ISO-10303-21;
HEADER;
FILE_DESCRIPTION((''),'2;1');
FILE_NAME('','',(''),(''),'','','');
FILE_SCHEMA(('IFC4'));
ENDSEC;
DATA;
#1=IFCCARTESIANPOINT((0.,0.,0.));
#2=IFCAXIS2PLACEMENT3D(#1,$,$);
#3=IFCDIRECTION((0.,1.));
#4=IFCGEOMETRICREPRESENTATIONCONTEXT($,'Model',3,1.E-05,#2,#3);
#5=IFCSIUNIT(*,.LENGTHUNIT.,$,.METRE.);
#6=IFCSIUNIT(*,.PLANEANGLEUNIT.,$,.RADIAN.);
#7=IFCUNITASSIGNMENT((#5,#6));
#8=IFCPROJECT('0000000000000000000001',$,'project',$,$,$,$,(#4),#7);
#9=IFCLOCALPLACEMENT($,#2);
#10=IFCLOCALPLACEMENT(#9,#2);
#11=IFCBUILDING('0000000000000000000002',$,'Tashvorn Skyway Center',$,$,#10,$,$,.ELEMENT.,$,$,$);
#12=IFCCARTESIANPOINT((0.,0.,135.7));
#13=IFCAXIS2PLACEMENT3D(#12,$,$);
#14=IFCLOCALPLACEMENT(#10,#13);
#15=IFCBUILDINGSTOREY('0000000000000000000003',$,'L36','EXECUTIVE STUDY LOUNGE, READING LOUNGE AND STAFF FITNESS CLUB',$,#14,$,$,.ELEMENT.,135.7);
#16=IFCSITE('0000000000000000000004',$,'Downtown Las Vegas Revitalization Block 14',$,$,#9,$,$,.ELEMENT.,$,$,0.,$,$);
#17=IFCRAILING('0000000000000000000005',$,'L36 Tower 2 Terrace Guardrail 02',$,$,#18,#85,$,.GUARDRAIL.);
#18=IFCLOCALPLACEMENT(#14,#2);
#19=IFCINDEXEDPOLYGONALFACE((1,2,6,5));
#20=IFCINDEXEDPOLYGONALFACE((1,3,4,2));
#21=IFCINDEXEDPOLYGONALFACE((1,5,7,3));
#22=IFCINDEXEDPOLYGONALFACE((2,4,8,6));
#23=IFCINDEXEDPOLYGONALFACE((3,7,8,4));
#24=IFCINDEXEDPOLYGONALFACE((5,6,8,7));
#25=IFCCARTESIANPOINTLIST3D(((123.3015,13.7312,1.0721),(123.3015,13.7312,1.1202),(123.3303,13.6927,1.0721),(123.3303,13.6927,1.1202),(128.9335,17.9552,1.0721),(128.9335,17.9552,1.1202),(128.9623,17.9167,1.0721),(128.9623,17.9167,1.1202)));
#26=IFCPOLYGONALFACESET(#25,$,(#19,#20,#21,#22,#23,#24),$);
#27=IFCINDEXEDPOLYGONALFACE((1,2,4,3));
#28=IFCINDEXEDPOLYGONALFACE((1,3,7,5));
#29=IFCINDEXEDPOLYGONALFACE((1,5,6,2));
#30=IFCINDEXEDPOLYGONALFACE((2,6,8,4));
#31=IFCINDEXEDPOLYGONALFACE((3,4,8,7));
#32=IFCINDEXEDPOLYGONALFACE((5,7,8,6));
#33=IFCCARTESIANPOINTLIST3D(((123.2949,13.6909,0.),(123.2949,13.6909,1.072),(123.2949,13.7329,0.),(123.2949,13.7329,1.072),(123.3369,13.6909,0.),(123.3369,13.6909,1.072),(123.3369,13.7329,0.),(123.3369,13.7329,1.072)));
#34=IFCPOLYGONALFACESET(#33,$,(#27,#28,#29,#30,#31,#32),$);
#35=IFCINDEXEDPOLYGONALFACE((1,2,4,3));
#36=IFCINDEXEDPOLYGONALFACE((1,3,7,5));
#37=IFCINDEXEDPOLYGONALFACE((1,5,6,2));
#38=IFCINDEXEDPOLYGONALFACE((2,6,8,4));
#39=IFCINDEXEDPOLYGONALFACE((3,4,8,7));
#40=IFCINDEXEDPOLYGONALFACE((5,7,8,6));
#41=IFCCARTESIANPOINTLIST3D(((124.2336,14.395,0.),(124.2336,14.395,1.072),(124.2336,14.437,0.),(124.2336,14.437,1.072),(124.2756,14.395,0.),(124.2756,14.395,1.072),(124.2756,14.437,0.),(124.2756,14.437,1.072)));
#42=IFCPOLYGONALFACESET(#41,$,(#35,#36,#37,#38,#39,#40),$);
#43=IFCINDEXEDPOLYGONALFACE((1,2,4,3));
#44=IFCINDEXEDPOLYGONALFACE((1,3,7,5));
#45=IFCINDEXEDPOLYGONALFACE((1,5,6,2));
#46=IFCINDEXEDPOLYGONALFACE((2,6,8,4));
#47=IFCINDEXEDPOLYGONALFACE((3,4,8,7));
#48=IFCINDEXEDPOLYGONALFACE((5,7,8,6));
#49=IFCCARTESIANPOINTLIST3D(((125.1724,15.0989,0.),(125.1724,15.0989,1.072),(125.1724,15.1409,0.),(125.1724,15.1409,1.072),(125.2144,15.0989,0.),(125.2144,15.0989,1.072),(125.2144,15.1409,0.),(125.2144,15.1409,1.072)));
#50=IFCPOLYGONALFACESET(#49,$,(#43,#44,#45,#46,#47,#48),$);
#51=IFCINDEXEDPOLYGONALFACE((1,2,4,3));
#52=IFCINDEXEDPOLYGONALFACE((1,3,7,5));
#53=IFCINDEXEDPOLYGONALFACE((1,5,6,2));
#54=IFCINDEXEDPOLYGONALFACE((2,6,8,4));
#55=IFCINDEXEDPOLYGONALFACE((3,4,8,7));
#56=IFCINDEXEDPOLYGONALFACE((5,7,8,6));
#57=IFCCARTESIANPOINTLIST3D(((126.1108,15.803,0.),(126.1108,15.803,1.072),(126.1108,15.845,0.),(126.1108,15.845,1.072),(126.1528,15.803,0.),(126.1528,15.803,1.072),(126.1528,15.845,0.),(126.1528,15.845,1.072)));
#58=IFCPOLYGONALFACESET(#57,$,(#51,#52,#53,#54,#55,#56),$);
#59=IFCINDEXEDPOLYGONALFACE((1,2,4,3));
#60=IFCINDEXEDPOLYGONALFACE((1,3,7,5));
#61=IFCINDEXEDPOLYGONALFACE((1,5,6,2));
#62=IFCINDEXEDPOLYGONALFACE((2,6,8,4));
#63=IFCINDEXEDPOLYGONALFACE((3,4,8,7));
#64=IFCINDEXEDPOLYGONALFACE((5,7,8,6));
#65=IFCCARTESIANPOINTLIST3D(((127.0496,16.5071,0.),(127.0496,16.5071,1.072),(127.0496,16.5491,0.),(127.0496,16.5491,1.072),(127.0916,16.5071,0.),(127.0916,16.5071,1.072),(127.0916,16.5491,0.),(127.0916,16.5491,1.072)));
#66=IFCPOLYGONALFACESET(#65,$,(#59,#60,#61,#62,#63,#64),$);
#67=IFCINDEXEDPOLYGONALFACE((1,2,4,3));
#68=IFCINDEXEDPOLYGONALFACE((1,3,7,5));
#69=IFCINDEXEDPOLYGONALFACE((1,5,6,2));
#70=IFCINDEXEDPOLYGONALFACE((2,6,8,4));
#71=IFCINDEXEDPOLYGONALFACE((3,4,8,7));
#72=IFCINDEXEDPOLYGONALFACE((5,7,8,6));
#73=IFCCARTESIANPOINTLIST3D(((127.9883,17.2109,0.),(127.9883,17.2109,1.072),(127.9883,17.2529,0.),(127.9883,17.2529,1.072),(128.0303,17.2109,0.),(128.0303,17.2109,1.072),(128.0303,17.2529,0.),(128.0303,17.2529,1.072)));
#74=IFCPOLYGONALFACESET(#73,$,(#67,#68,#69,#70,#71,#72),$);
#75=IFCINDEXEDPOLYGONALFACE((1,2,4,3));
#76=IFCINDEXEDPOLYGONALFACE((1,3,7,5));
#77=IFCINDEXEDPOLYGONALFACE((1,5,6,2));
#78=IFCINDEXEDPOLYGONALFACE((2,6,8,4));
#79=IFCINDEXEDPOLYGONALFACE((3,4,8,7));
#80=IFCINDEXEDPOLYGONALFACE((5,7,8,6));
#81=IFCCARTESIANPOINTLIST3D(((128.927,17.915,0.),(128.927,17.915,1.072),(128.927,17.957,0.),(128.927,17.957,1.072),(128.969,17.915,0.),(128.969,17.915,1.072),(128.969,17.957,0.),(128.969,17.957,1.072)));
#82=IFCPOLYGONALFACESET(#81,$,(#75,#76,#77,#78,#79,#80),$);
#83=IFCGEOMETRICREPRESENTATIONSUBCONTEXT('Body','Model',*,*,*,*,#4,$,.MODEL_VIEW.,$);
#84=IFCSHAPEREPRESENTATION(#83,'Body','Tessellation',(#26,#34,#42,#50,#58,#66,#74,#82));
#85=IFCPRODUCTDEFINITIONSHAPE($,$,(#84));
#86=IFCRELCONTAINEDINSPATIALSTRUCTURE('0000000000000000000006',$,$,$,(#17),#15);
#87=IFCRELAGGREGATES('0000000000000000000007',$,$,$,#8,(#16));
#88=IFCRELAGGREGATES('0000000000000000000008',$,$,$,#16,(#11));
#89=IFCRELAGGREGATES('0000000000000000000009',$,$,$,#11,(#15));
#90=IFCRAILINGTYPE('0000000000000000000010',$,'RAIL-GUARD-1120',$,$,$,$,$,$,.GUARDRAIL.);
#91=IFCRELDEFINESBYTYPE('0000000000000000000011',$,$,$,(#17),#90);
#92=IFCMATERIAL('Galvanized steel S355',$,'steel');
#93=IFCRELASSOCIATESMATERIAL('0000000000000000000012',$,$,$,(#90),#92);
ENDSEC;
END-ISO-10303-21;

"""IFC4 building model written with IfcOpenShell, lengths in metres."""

from ifc_helpers import new_model, si_unit, direction, frame, origin, origin_2d, place, context, subcontext, project, spatial, rectangle, extrude, material, type_object, element, save


model = new_model("IFC4")

# Units and contexts
model_context = context("Model", 3, precision=1e-05, world=origin(), true_north=direction((0.0, 1.0)))
body_context = subcontext(model_context, "Body", "Model", "MODEL_VIEW")
ifc_project = project(units=[si_unit("LENGTHUNIT", "METRE"), si_unit("PLANEANGLEUNIT", "RADIAN")], contexts=[model_context])

# Site, building, storey
site_placement = place(None, origin())
site = spatial("IfcSite", under=ifc_project, at=site_placement, Name="Downtown Las Vegas Revitalization Block 14", CompositionType="ELEMENT", RefElevation=0.0)
building_placement = place(site_placement, origin())
building = spatial("IfcBuilding", under=site, at=building_placement, Name="Tashvorn Skyway Center", CompositionType="ELEMENT")
storey_placement = place(building_placement, frame((0.0, 0.0, 135.7)))
storey = spatial("IfcBuildingStorey", under=building, at=storey_placement, Name="L36", Description="EXECUTIVE STUDY LOUNGE, READING LOUNGE AND STAFF FITNESS CLUB", CompositionType="ELEMENT", Elevation=135.7)

# Railing
ifc_material_1 = material(Name="Galvanized steel S355", Category="steel")
railing_type = type_object("IfcRailingType", Name="RAIL-GUARD-1120", PredefinedType="GUARDRAIL", material=ifc_material_1)
railing_1_placement = place(storey_placement, frame((123.3159, 13.7119, 0.0)))
element("IfcRailing", 1, at=railing_1_placement, inside=storey, type_object=railing_type, Name="L36 Tower 2 Terrace Guardrail 02", PredefinedType="GUARDRAIL", context=body_context, shape_type="SweptSolid", body=[
    extrude(rectangle(XDim=0.0481, YDim=0.0481, at=origin_2d()), frame((0.0, 0.0, 1.0962), z_axis=(0.799996, 0.600006, 0.0), x_axis=(-0.600006, 0.799996, 0.0)), (0.0, 0.0, 1.0), 7.04),
    extrude(rectangle(XDim=0.042, YDim=0.042, at=origin_2d()), origin(), (0.0, 0.0, 1.0), 1.072),
    extrude(rectangle(XDim=0.042, YDim=0.042, at=origin_2d()), frame((0.9387, 0.7041, 0.0)), (0.0, 0.0, 1.0), 1.072),
    extrude(rectangle(XDim=0.042, YDim=0.042, at=origin_2d()), frame((1.8774, 1.408, 0.0)), (0.0, 0.0, 1.0), 1.072),
    extrude(rectangle(XDim=0.042, YDim=0.042, at=origin_2d()), frame((2.8159, 2.1121, 0.0)), (0.0, 0.0, 1.0), 1.072),
    extrude(rectangle(XDim=0.042, YDim=0.042, at=origin_2d()), frame((3.7546, 2.8162, 0.0)), (0.0, 0.0, 1.0), 1.072),
    extrude(rectangle(XDim=0.042, YDim=0.042, at=origin_2d()), frame((4.6934, 3.52, 0.0)), (0.0, 0.0, 1.0), 1.072),
    extrude(rectangle(XDim=0.042, YDim=0.042, at=origin_2d()), frame((5.6321, 4.2241, 0.0)), (0.0, 0.0, 1.0), 1.072),
])

save(model, "model.ifc")
